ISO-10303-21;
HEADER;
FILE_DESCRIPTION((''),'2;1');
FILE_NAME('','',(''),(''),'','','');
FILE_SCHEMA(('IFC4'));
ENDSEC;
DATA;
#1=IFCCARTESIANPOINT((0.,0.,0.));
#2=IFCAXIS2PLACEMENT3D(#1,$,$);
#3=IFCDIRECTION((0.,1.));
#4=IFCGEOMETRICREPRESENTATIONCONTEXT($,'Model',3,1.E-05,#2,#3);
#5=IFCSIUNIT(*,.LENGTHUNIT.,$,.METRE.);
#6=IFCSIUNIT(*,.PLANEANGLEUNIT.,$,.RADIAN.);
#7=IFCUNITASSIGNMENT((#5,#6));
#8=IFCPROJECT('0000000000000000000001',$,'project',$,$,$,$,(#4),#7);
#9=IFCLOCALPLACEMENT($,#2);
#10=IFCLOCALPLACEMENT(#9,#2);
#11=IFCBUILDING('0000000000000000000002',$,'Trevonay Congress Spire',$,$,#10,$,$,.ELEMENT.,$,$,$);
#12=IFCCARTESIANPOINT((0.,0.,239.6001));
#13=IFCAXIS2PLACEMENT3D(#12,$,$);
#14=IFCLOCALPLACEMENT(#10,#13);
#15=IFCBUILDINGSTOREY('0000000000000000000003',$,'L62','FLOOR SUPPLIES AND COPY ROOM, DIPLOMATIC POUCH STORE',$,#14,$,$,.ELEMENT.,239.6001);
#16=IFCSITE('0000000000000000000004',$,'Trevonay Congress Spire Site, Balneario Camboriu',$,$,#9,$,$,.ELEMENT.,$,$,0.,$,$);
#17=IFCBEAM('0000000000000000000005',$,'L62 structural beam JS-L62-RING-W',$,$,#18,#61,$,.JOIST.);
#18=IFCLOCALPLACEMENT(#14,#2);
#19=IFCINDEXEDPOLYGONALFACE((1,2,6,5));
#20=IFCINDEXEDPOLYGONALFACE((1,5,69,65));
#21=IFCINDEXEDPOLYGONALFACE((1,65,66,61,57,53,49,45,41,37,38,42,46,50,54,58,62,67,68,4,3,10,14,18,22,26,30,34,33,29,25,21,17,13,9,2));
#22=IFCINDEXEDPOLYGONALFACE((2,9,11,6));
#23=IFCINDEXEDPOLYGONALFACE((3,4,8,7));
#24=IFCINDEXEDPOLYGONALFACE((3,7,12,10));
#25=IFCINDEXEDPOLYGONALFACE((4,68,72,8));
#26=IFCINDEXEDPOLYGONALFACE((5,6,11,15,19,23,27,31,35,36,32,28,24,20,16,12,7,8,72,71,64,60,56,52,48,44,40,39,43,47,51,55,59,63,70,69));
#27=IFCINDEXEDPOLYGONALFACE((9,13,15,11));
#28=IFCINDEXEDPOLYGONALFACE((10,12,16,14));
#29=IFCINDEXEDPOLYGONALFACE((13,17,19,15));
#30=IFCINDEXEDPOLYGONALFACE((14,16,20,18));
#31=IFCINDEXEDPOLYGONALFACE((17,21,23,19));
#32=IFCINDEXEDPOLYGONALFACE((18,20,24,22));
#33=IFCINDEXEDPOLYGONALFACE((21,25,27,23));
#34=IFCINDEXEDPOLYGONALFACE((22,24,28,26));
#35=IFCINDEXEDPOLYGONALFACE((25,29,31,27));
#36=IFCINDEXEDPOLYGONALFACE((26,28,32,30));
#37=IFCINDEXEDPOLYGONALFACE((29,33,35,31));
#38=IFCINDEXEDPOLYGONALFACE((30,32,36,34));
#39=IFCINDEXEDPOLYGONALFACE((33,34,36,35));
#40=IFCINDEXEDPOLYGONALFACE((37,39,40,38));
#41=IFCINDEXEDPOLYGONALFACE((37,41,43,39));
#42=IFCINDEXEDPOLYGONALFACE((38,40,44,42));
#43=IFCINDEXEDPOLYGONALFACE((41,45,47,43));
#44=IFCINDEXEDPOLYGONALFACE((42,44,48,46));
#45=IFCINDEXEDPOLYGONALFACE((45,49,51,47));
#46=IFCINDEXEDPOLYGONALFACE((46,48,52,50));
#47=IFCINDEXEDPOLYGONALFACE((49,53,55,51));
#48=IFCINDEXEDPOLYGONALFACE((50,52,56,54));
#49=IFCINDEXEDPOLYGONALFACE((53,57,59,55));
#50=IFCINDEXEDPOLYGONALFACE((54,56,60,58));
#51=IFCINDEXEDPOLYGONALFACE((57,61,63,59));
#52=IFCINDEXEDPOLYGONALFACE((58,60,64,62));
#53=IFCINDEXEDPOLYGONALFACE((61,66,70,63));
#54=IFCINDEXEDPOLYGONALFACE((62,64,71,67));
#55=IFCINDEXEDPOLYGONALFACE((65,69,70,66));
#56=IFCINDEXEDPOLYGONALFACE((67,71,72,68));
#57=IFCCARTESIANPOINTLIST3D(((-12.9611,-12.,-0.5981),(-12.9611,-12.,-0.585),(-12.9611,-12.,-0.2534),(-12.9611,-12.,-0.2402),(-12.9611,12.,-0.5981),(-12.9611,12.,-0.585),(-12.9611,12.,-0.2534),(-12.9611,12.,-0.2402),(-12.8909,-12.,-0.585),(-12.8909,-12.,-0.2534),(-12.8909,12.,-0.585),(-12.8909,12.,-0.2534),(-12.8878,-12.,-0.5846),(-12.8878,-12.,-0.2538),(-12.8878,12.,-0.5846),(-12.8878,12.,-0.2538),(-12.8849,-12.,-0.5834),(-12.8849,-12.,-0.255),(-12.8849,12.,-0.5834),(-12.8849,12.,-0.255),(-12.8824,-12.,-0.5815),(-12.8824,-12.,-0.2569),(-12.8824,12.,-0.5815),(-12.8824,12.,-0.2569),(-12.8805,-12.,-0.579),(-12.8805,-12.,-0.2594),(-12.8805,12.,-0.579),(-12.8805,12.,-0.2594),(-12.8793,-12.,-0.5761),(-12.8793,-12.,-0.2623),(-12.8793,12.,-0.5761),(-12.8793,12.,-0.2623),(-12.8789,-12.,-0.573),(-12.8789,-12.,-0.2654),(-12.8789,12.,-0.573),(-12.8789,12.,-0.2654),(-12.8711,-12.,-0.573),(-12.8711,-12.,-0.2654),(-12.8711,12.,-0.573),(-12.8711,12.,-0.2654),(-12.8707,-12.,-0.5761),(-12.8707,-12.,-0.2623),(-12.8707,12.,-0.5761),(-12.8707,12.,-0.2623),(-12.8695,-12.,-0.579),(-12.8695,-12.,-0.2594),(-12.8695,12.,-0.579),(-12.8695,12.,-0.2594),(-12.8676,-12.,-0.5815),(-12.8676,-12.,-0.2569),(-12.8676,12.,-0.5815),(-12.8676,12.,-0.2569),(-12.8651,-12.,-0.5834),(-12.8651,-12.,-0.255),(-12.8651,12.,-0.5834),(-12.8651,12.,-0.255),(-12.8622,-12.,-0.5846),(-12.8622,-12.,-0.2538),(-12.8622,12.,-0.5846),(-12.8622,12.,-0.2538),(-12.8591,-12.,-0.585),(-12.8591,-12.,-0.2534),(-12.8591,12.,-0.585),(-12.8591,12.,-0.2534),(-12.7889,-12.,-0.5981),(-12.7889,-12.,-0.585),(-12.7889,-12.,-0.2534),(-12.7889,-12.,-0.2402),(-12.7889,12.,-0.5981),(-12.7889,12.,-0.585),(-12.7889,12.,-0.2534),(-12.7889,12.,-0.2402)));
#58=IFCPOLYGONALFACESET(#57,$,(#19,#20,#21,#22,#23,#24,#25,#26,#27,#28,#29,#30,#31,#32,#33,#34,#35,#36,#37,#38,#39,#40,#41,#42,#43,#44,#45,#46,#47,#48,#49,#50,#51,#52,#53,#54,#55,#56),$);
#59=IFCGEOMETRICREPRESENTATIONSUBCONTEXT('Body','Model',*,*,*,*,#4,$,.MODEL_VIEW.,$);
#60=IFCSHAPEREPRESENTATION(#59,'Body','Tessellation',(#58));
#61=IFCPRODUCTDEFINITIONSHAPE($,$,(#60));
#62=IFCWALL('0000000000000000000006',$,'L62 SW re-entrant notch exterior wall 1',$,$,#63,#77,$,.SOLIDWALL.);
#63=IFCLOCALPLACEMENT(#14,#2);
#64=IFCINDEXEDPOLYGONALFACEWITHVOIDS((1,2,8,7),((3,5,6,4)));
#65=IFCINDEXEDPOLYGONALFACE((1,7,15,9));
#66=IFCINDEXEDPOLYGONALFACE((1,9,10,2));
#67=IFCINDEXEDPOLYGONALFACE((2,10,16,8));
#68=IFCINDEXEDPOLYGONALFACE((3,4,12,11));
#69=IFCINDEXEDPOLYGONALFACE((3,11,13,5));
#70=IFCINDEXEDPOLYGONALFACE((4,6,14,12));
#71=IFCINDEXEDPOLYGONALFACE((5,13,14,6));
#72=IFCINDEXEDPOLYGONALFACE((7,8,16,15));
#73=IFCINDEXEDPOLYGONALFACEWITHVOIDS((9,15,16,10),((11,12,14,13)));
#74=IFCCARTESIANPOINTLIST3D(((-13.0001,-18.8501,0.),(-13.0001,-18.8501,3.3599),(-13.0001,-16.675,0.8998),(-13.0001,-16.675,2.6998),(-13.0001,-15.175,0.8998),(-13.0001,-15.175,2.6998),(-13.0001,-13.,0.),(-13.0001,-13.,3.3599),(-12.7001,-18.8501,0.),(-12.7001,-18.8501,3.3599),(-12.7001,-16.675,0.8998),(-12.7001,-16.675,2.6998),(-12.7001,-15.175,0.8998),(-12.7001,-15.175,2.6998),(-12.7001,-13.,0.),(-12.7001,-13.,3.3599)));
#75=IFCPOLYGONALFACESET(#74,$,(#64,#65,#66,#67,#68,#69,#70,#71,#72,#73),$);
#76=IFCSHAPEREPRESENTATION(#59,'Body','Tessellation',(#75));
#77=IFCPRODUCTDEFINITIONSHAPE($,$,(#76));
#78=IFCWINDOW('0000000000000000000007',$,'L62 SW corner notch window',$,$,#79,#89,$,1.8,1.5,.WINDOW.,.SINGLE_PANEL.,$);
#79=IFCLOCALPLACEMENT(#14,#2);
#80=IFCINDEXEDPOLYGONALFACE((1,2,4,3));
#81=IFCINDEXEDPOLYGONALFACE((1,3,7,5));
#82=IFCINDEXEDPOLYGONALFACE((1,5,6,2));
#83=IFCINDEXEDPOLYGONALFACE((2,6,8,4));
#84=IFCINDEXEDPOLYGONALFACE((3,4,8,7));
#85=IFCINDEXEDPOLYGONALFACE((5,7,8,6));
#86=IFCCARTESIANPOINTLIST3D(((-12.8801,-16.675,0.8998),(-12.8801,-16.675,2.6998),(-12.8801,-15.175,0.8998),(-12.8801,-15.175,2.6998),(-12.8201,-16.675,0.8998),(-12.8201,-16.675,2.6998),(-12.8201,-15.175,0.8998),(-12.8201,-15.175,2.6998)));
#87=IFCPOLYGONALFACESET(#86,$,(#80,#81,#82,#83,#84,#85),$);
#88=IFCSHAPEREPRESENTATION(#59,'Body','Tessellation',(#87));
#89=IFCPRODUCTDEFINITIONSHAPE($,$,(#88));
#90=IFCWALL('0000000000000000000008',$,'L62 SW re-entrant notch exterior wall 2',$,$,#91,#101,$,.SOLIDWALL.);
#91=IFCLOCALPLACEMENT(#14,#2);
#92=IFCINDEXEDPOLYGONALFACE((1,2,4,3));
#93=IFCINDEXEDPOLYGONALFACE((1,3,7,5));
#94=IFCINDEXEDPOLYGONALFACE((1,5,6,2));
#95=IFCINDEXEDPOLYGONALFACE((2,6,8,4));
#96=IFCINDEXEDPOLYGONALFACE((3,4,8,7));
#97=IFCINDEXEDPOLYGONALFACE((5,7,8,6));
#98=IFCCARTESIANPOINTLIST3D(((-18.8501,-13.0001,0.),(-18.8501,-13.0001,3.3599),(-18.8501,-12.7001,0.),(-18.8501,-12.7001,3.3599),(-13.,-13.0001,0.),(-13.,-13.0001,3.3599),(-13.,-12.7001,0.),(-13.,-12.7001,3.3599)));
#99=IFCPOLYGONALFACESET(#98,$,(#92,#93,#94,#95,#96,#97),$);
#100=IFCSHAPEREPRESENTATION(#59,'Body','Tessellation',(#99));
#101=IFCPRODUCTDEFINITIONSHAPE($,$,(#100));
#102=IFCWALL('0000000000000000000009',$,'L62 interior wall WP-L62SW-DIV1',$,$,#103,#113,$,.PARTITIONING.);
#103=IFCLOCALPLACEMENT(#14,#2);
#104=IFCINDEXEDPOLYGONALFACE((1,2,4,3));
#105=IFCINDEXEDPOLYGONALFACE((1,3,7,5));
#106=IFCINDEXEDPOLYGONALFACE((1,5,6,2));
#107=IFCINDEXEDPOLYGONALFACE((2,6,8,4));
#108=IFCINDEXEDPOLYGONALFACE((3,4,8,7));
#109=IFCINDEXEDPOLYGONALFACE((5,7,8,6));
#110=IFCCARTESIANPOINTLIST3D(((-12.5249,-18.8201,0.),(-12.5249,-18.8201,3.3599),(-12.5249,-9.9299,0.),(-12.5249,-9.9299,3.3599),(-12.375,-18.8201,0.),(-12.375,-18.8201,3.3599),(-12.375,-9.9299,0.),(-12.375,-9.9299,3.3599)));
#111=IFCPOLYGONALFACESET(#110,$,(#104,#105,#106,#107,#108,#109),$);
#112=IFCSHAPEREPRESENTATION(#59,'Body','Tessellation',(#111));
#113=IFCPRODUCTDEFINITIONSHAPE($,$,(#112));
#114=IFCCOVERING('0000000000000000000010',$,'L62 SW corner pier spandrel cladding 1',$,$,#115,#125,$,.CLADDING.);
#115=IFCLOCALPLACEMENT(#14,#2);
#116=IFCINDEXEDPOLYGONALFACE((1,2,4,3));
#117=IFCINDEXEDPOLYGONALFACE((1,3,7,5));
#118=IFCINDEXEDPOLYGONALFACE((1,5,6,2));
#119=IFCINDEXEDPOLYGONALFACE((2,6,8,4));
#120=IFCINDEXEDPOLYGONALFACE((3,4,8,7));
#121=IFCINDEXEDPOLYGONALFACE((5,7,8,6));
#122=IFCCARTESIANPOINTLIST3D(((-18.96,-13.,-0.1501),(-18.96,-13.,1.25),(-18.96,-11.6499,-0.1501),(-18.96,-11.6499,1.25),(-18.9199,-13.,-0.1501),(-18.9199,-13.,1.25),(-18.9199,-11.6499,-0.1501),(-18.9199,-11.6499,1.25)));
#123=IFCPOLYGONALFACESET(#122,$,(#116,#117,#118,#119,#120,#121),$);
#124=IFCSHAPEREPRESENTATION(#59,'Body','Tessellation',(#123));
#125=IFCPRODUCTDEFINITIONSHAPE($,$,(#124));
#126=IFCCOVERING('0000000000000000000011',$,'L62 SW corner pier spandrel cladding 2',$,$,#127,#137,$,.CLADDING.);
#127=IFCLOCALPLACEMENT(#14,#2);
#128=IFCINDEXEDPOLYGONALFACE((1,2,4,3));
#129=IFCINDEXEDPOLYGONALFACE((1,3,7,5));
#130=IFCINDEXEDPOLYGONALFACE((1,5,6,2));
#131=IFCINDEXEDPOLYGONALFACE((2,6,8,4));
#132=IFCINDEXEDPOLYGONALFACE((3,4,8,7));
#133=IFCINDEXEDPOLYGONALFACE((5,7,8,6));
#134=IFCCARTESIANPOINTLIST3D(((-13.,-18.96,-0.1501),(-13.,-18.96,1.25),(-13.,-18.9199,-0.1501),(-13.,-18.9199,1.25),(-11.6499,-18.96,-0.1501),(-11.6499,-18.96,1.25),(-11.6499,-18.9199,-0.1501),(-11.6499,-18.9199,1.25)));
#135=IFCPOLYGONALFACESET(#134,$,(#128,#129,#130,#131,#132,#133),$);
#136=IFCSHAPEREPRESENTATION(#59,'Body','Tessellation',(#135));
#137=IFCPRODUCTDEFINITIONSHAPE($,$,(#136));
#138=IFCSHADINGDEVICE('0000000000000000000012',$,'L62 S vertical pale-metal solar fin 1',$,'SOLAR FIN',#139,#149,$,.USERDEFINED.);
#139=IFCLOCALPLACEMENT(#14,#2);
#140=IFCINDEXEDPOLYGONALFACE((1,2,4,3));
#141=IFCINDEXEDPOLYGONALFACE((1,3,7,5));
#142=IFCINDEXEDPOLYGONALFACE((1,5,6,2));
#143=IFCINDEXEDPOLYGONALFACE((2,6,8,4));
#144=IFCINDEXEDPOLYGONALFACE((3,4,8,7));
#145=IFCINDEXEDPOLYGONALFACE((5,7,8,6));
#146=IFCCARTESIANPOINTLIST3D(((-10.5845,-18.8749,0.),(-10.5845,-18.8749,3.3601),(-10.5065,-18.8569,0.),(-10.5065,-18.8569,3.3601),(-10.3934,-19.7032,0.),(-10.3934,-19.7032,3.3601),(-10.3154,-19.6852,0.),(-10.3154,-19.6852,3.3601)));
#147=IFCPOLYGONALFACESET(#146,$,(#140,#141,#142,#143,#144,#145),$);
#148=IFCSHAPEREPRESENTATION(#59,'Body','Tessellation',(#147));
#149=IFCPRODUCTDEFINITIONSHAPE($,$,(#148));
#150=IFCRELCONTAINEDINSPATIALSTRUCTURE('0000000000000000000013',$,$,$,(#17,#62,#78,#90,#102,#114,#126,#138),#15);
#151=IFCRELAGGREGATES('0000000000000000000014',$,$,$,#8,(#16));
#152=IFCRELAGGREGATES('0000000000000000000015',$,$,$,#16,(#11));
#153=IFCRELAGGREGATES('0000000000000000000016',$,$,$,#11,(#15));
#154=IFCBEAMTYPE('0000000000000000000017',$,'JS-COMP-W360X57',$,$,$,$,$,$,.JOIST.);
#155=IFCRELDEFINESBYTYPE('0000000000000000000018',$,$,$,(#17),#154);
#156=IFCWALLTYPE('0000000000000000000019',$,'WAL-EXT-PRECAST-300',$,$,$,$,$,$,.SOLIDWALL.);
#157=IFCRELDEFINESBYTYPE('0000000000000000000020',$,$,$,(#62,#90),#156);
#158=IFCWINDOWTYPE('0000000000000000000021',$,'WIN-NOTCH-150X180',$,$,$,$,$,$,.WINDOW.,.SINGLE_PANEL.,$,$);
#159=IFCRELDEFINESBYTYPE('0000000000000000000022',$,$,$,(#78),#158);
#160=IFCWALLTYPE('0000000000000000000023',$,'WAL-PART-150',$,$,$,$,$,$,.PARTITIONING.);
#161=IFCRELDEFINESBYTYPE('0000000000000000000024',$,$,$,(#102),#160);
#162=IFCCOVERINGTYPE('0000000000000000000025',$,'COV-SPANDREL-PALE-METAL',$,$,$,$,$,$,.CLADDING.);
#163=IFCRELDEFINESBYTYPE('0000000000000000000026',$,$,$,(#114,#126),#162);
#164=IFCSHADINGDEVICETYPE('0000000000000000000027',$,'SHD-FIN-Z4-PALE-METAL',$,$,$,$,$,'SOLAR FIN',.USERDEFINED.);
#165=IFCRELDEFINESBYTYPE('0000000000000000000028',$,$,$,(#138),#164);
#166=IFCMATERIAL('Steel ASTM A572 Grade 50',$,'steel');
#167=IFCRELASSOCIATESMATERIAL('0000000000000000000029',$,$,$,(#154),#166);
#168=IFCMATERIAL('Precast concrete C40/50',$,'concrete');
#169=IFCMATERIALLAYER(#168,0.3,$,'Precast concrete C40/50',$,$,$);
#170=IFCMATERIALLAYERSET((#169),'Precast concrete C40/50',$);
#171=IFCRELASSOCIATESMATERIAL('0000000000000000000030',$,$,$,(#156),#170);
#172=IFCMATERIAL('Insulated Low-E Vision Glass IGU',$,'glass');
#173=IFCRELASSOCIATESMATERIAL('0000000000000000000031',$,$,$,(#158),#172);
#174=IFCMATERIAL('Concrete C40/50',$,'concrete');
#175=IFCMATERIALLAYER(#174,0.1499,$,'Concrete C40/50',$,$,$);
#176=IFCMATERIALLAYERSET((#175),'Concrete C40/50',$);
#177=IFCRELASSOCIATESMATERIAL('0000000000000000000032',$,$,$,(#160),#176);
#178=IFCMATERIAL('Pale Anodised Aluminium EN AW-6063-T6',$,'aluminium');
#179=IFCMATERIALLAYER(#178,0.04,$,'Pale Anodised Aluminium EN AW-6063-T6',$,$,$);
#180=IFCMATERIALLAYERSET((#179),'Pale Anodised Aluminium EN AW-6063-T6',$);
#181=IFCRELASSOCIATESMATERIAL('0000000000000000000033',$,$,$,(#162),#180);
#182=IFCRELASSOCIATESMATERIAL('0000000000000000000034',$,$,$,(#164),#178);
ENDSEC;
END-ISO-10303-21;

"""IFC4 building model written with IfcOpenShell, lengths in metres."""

from ifc_helpers import new_model, si_unit, direction, frame, frame_2d, origin, origin_2d, place, context, subcontext, project, spatial, rectangle, i_section, extrude, material, layer, layer_set, material_profile, profile_set, type_object, element, fill, save


model = new_model("IFC4")

# Units and contexts
model_context = context("Model", 3, precision=1e-05, world=origin(), true_north=direction((0.0, 1.0)))
body_context = subcontext(model_context, "Body", "Model", "MODEL_VIEW")
ifc_project = project(units=[si_unit("LENGTHUNIT", "METRE"), si_unit("PLANEANGLEUNIT", "RADIAN")], contexts=[model_context])

# Site, building, storey
site_placement = place(None, origin())
site = spatial("IfcSite", under=ifc_project, at=site_placement, Name="Trevonay Congress Spire Site, Balneario Camboriu", CompositionType="ELEMENT", RefElevation=0.0)
building_placement = place(site_placement, origin())
building = spatial("IfcBuilding", under=site, at=building_placement, Name="Trevonay Congress Spire", CompositionType="ELEMENT")
storey_placement = place(building_placement, frame((0.0, 0.0, 239.6001)))
storey = spatial("IfcBuildingStorey", under=building, at=storey_placement, Name="L62", Description="FLOOR SUPPLIES AND COPY ROOM, DIPLOMATIC POUCH STORE", CompositionType="ELEMENT", Elevation=239.6001)

# Shared definitions
ifc_material_1 = material(Name="Steel ASTM A572 Grade 50", Category="steel")

# Shared definitions
ifc_material_2 = material(Name="Pale Anodised Aluminium EN AW-6063-T6", Category="aluminium")

# Beam
ifc_material_profile_1 = material_profile(ifc_material_1, i_section(OverallWidth=0.1721, OverallDepth=0.3579, WebThickness=0.0078, FlangeThickness=0.0132, FilletRadius=0.012, at=origin_2d()), Name="W360x57.8")
ifc_profile_set_1 = profile_set([ifc_material_profile_1], Name="Steel ASTM A572 Grade 50")
beam_type_1 = type_object("IfcBeamType", Name="JS-COMP-W360X57", PredefinedType="JOIST", material=ifc_profile_set_1)
for number, where, z_axis, x_axis, name in (
    (1, (-12.875, -12.0, -0.4192), (0.0, 1.0, 0.0), (-1.0, 0.0, 0.0), "L62 structural beam JS-L62-RING-W"),
):
    element("IfcBeam", number, at=place(storey_placement, frame(where, z_axis=z_axis, x_axis=x_axis)), inside=storey, type_object=beam_type_1, Name=name, PredefinedType="JOIST", context=body_context, shape_type="SweptSolid", body=[
        extrude(i_section(OverallWidth=0.1721, OverallDepth=0.3579, WebThickness=0.0078, FlangeThickness=0.0132, FilletRadius=0.012, at=origin_2d()), origin(), (0.0, 0.0, 1.0), 24.0),
    ])

# Wall, opening, window
ifc_material_3 = material(Name="Precast concrete C40/50", Category="concrete")
ifc_layer_1 = layer(ifc_material_3, 0.3, Name="Precast concrete C40/50")
ifc_layer_set_1 = layer_set([ifc_layer_1], Name="Precast concrete C40/50")
wall_type_1 = type_object("IfcWallType", Name="WAL-EXT-PRECAST-300", PredefinedType="SOLIDWALL", material=ifc_layer_set_1)
wall_1_placement = place(storey_placement, frame((-12.8501, -18.8501, 0.0), z_axis=(0.0, 0.0, 1.0), x_axis=(0.0, 1.0, 0.0)))
wall_1 = element("IfcWall", 2, at=wall_1_placement, inside=storey, type_object=wall_type_1, Name="L62 SW re-entrant notch exterior wall 1", PredefinedType="SOLIDWALL", context=body_context, shape_type="SweptSolid", body=[
    extrude(rectangle(XDim=5.8501, YDim=0.3, at=frame_2d((2.925, 0.0))), origin(), (0.0, 0.0, 1.0), 3.3599),
])
opening_placement = place(wall_1_placement, frame((2.175, 0.0, 0.8999)))
opening = element("IfcOpeningElement", 3, at=opening_placement, cuts=wall_1, PredefinedType="OPENING", context=body_context, shape_type="SweptSolid", body=[
    extrude(rectangle(XDim=1.5, YDim=1.8, at=frame_2d((0.75, 0.8999))), frame((0.0, 0.1602, 0.0), z_axis=(0.0, -1.0, 0.0), x_axis=(1.0, 0.0, 0.0)), (0.0, 0.0, 1.0), 0.3201),
])
ifc_material_4 = material(Name="Insulated Low-E Vision Glass IGU", Category="glass")
window_type = type_object("IfcWindowType", Name="WIN-NOTCH-150X180", PartitioningType="SINGLE_PANEL", PredefinedType="WINDOW", material=ifc_material_4)
window_placement = place(opening_placement, origin())
window = element("IfcWindow", 4, at=window_placement, inside=storey, type_object=window_type, Name="L62 SW corner notch window", OverallHeight=1.8, OverallWidth=1.5, PartitioningType="SINGLE_PANEL", PredefinedType="WINDOW", context=body_context, shape_type="SweptSolid", body=[
    extrude(rectangle(XDim=1.5, YDim=1.8, at=frame_2d((0.75, 0.8999))), frame((0.0, 0.03, 0.0), z_axis=(0.0, -1.0, 0.0), x_axis=(1.0, 0.0, 0.0)), (0.0, 0.0, 1.0), 0.0601),
])
fill(opening, window)

# Walls
wall_2_placement = place(storey_placement, frame((-18.8501, -12.8501, 0.0), z_axis=(0.0, 0.0, 1.0), x_axis=(1.0, 0.0, 0.0)))
element("IfcWall", 5, at=wall_2_placement, inside=storey, type_object=wall_type_1, Name="L62 SW re-entrant notch exterior wall 2", PredefinedType="SOLIDWALL", context=body_context, shape_type="SweptSolid", body=[
    extrude(rectangle(XDim=5.8501, YDim=0.3, at=frame_2d((2.925, 0.0))), origin(), (0.0, 0.0, 1.0), 3.3599),
])
ifc_material_5 = material(Name="Concrete C40/50", Category="concrete")
ifc_layer_2 = layer(ifc_material_5, 0.1499, Name="Concrete C40/50")
ifc_layer_set_2 = layer_set([ifc_layer_2], Name="Concrete C40/50")
wall_type_2 = type_object("IfcWallType", Name="WAL-PART-150", PredefinedType="PARTITIONING", material=ifc_layer_set_2)
wall_3_placement = place(storey_placement, frame((-12.45, -18.8201, 0.0), z_axis=(0.0, 0.0, 1.0), x_axis=(0.0, 1.0, 0.0)))
element("IfcWall", 6, at=wall_3_placement, inside=storey, type_object=wall_type_2, Name="L62 interior wall WP-L62SW-DIV1", PredefinedType="PARTITIONING", context=body_context, shape_type="SweptSolid", body=[
    extrude(rectangle(XDim=8.8901, YDim=0.1499, at=frame_2d((4.4451, 0.0))), origin(), (0.0, 0.0, 1.0), 3.3599),
])

# Coverings
ifc_layer_3 = layer(ifc_material_2, 0.04, Name="Pale Anodised Aluminium EN AW-6063-T6")
ifc_layer_set_3 = layer_set([ifc_layer_3], Name="Pale Anodised Aluminium EN AW-6063-T6")
covering_type = type_object("IfcCoveringType", Name="COV-SPANDREL-PALE-METAL", PredefinedType="CLADDING", material=ifc_layer_set_3)
for number, where, z_axis, x_axis, name in (
    (7, (-18.9399, -11.6499, -0.1501), (0.0, 0.0, 1.0), (0.0, -1.0, 0.0), "L62 SW corner pier spandrel cladding 1"),
    (8, (-11.6499, -18.9399, -0.1501), (0.0, 0.0, 1.0), (-1.0, 0.0, 0.0), "L62 SW corner pier spandrel cladding 2"),
):
    element("IfcCovering", number, at=place(storey_placement, frame(where, z_axis=z_axis, x_axis=x_axis)), inside=storey, type_object=covering_type, Name=name, PredefinedType="CLADDING", context=body_context, shape_type="SweptSolid", body=[
        extrude(rectangle(XDim=1.3501, YDim=0.04, at=frame_2d((0.675, 0.0))), origin(), (0.0, 0.0, 1.0), 1.4001),
    ])

# Shading device
shading_device_type = type_object("IfcShadingDeviceType", Name="SHD-FIN-Z4-PALE-METAL", ElementType="SOLAR FIN", PredefinedType="USERDEFINED", material=ifc_material_2)
shading_device_placement = place(storey_placement, frame((-10.45, -19.28, 0.0), z_axis=(0.0, 0.0, 1.0), x_axis=(0.974409, 0.224781, 0.0)))
element("IfcShadingDevice", 9, at=shading_device_placement, inside=storey, type_object=shading_device_type, Name="L62 S vertical pale-metal solar fin 1", ObjectType="SOLAR FIN", PredefinedType="USERDEFINED", context=body_context, shape_type="SweptSolid", body=[
    extrude(rectangle(XDim=0.0801, YDim=0.8501, at=origin_2d()), origin(), (0.0, 0.0, 1.0), 3.3601),
])

save(model, "model.ifc")
